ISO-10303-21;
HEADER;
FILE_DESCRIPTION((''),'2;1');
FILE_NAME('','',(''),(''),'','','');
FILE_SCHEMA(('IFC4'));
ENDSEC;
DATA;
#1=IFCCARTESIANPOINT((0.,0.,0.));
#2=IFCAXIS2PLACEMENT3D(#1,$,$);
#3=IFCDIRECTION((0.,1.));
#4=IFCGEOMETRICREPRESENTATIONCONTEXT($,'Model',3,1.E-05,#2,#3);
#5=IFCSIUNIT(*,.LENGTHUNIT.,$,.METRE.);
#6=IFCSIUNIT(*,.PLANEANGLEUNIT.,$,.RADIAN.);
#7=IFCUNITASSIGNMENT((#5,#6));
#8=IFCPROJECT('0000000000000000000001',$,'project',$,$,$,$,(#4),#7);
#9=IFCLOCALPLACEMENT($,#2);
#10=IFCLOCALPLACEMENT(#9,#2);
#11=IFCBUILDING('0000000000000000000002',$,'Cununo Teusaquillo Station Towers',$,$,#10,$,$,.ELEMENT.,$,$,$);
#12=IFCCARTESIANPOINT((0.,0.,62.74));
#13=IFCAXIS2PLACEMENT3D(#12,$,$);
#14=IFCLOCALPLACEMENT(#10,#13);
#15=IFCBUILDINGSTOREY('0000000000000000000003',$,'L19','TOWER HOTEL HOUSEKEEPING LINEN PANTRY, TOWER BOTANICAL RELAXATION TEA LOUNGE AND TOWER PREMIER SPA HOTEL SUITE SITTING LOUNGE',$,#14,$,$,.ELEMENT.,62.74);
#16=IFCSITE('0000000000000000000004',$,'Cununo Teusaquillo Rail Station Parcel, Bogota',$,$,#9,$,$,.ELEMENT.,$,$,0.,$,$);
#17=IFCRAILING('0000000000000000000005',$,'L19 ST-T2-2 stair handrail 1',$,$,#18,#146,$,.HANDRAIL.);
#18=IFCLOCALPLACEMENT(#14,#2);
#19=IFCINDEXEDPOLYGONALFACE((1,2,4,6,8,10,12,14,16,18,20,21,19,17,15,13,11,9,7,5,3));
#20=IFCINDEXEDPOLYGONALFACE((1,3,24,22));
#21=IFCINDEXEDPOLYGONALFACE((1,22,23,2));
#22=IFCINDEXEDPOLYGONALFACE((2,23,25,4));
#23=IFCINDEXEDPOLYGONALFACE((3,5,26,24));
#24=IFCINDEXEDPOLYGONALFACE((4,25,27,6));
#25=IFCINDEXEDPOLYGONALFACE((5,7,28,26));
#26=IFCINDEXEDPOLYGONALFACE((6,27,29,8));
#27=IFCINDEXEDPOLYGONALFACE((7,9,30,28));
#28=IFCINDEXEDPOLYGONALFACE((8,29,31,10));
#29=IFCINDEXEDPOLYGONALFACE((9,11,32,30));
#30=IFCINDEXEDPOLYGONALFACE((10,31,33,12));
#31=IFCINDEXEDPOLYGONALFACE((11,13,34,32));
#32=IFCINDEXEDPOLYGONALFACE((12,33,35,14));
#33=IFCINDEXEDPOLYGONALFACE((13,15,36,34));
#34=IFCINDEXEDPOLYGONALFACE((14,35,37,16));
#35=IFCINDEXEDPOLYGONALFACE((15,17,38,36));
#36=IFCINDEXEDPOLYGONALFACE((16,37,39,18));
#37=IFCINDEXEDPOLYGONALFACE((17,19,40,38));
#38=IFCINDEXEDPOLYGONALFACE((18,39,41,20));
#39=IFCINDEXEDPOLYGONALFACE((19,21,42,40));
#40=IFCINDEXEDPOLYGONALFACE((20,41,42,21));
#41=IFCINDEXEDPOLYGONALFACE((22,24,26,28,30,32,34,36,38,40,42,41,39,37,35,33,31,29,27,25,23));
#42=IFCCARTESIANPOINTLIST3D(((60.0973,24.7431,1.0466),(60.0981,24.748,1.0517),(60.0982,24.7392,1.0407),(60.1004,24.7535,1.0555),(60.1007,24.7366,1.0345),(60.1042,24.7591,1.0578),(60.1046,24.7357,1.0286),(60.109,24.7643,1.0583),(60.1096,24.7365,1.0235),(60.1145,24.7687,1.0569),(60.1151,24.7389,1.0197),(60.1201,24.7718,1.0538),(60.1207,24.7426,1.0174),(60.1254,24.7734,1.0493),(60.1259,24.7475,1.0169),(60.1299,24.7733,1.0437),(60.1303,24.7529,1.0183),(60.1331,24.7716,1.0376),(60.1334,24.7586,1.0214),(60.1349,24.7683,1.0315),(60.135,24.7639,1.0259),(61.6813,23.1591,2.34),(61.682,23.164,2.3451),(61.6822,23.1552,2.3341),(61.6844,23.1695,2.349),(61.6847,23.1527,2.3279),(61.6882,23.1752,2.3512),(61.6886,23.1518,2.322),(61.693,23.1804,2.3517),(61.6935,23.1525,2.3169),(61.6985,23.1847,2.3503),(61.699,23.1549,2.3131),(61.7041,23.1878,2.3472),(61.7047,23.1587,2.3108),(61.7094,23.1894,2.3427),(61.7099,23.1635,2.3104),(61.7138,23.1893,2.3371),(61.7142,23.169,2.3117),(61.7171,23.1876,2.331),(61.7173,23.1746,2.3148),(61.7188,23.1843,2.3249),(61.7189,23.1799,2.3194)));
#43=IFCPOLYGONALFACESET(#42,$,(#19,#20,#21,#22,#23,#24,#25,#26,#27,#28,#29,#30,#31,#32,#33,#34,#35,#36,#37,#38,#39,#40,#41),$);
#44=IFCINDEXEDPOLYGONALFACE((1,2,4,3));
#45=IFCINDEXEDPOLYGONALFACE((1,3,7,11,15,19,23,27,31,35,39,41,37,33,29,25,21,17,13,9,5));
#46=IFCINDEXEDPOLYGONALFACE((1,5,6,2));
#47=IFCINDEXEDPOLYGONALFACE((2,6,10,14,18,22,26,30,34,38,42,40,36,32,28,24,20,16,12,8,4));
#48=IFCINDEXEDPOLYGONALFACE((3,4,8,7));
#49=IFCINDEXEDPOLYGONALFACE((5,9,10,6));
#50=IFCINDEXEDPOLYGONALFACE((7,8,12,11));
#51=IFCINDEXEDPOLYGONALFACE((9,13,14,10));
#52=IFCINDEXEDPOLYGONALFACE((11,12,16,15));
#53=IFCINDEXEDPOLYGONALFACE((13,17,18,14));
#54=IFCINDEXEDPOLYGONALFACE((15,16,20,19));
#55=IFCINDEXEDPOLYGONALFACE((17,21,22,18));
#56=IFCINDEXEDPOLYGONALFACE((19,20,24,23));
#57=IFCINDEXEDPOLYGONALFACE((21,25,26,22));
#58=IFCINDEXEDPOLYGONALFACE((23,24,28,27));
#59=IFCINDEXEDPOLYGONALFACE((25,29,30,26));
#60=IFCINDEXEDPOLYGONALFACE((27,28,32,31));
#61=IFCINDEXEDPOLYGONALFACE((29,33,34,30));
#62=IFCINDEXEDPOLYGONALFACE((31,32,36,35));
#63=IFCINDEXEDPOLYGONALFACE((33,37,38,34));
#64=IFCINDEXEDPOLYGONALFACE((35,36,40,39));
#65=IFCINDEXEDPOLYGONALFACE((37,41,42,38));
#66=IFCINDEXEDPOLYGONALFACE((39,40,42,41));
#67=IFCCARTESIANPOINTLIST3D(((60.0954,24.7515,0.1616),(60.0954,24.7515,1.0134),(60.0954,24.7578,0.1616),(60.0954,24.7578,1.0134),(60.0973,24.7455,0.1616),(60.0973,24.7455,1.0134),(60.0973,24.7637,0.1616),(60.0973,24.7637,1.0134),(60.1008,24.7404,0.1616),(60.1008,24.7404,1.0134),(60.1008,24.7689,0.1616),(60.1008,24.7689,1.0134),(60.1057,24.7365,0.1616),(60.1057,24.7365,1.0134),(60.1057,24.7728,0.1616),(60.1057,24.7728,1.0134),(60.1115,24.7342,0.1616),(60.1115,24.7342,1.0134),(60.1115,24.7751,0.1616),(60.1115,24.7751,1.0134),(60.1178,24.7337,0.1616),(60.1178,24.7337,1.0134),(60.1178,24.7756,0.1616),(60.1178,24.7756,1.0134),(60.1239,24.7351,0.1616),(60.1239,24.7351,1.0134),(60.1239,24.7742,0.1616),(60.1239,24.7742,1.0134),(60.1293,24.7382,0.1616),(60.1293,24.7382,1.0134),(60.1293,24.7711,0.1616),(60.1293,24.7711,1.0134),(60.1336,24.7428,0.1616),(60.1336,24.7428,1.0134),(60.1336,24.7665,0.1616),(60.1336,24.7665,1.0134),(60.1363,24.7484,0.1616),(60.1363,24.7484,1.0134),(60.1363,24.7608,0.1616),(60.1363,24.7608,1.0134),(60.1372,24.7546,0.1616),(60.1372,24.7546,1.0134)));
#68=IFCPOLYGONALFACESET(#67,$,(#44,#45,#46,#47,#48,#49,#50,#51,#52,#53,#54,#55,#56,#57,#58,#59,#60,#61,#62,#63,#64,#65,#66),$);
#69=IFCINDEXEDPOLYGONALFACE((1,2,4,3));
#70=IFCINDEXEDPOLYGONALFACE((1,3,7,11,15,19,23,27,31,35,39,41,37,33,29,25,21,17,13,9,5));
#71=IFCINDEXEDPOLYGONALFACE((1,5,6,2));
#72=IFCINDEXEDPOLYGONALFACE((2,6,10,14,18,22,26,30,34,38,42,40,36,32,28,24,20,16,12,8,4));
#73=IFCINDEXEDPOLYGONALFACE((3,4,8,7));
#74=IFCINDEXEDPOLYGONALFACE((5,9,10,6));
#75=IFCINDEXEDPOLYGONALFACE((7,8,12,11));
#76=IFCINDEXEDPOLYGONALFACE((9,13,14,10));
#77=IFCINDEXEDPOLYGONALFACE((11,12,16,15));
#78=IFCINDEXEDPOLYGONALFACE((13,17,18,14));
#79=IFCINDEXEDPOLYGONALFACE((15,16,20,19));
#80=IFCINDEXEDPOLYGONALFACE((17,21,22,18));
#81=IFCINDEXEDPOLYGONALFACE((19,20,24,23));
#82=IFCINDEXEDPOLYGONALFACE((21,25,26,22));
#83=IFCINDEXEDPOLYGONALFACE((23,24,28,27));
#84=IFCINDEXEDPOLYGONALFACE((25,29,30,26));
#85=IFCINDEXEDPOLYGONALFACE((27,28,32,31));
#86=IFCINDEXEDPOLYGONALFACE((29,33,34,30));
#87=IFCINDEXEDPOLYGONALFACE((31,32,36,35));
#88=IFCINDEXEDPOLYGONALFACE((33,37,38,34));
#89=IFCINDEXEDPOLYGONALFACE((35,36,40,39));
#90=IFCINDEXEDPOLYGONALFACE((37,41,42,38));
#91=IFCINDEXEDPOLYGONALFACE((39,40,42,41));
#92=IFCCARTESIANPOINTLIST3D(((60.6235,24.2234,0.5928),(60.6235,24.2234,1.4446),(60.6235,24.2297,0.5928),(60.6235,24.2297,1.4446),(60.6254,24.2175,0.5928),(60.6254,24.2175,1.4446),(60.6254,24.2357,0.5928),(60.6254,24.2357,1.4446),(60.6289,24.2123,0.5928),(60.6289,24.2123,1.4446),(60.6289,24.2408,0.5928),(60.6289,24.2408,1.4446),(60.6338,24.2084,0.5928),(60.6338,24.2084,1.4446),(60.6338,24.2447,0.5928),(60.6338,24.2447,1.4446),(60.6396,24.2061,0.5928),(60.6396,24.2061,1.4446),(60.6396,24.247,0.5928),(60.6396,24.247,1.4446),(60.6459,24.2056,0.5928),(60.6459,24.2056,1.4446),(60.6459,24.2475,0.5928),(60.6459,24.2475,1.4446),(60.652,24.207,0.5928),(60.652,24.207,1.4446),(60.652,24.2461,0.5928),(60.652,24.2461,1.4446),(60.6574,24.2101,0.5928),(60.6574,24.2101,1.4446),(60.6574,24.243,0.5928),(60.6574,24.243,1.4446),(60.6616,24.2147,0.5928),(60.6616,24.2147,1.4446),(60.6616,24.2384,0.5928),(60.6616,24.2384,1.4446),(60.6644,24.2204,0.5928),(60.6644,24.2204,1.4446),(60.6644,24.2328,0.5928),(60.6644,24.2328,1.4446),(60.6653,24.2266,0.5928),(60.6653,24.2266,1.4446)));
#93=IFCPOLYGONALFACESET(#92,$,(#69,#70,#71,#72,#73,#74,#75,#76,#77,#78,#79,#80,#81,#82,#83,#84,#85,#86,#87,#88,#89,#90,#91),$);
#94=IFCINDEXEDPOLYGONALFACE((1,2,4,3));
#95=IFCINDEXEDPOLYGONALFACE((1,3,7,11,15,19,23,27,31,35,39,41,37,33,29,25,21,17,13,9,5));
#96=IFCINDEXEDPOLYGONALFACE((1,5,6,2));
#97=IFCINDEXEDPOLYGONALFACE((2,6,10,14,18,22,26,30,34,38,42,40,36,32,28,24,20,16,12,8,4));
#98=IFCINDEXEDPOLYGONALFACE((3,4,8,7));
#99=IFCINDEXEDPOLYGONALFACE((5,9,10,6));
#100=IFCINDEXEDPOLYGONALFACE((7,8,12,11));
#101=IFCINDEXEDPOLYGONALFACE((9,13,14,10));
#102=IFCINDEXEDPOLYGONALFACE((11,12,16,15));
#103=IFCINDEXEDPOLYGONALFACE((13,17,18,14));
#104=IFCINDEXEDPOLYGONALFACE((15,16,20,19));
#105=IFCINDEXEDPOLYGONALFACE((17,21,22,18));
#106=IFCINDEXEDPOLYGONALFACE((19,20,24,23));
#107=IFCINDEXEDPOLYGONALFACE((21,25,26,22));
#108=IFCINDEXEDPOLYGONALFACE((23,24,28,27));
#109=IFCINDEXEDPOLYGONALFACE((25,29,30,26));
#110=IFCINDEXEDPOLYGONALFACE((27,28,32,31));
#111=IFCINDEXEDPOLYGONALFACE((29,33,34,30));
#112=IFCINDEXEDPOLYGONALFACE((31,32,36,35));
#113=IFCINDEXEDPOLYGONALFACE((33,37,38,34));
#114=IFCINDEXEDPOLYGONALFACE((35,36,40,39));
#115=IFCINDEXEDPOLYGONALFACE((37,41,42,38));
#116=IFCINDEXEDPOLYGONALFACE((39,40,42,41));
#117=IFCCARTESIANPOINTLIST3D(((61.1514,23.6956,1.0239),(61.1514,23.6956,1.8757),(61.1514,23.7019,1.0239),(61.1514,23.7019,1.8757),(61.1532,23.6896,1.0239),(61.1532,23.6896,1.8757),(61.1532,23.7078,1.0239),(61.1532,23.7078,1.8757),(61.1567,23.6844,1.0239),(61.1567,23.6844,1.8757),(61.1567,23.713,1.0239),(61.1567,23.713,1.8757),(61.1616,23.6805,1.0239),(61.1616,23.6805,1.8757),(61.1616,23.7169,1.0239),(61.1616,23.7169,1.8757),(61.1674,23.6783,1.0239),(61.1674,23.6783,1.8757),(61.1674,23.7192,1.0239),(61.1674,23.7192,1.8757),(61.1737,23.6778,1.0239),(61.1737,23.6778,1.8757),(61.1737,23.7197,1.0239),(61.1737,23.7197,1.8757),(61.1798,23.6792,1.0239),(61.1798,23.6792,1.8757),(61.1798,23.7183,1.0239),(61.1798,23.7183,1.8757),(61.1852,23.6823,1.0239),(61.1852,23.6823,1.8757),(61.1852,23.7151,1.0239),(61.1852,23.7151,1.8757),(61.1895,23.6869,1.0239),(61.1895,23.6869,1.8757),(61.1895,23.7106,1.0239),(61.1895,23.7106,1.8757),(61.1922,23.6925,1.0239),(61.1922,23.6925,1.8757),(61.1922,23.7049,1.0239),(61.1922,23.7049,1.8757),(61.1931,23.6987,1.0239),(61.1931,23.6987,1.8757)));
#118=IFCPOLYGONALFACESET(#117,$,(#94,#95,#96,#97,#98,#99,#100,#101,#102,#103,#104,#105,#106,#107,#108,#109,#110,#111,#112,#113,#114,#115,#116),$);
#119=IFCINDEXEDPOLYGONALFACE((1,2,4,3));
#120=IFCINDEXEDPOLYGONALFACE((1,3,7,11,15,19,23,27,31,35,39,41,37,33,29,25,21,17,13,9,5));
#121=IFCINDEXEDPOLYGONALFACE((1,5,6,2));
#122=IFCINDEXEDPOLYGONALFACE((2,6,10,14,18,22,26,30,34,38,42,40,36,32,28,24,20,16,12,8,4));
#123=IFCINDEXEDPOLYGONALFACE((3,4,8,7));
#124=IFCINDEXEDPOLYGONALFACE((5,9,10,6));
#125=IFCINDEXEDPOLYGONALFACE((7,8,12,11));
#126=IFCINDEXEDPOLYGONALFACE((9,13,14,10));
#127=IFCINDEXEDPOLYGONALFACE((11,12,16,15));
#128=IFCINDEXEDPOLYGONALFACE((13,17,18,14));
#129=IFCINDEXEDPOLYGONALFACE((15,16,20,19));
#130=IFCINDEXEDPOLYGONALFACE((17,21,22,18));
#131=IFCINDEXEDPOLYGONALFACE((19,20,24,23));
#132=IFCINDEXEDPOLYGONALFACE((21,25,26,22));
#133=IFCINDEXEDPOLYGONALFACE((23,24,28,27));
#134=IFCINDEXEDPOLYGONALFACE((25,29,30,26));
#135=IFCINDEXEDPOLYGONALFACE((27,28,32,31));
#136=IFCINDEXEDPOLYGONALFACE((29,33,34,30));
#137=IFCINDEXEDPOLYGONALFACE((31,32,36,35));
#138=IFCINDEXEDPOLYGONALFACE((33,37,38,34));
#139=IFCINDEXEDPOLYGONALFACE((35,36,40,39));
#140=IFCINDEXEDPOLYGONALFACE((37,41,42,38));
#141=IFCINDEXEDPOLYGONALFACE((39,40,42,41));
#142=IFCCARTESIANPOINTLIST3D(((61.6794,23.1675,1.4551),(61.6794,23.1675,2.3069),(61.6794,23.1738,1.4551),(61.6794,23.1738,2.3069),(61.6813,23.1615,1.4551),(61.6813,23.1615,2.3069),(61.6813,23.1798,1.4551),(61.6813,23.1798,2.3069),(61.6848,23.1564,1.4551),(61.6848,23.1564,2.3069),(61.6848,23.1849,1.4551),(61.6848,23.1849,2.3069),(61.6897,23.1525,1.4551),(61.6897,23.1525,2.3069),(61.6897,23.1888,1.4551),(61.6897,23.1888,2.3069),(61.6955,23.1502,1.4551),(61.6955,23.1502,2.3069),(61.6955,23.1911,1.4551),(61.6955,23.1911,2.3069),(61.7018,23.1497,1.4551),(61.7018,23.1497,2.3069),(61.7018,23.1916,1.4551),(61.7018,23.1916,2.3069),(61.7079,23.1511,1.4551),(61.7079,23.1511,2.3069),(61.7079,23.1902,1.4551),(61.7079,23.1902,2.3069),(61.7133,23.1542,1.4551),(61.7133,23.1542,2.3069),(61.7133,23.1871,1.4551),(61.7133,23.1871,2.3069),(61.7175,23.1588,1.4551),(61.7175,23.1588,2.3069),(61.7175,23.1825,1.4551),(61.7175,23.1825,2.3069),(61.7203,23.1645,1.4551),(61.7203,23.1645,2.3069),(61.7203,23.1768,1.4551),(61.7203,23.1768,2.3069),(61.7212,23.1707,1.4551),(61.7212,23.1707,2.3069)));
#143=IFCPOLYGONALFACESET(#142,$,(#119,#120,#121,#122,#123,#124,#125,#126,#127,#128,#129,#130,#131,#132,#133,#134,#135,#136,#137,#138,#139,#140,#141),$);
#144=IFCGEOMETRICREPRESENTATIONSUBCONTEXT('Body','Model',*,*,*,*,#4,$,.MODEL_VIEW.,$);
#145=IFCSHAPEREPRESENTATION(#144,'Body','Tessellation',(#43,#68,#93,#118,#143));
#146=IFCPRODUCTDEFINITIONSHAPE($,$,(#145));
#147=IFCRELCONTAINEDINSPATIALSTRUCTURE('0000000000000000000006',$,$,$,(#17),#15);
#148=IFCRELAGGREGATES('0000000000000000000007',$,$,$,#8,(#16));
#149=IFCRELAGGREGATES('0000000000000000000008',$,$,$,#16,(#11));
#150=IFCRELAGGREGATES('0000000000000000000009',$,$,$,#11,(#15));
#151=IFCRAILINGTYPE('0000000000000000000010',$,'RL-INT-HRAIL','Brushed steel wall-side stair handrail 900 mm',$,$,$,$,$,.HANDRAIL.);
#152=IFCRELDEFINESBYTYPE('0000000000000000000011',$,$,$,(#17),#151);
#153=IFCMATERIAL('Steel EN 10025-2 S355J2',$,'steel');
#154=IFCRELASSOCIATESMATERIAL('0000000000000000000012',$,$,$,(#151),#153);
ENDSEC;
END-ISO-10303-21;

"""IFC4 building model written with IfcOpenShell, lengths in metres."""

from ifc_helpers import new_model, si_unit, direction, frame, origin, origin_2d, place, context, subcontext, project, spatial, circle, extrude, material, type_object, element, save


model = new_model("IFC4")

# Units and contexts
model_context = context("Model", 3, precision=1e-05, world=origin(), true_north=direction((0.0, 1.0)))
body_context = subcontext(model_context, "Body", "Model", "MODEL_VIEW")
ifc_project = project(units=[si_unit("LENGTHUNIT", "METRE"), si_unit("PLANEANGLEUNIT", "RADIAN")], contexts=[model_context])

# Site, building, storey
site_placement = place(None, origin())
site = spatial("IfcSite", under=ifc_project, at=site_placement, Name="Cununo Teusaquillo Rail Station Parcel, Bogota", CompositionType="ELEMENT", RefElevation=0.0)
building_placement = place(site_placement, origin())
building = spatial("IfcBuilding", under=site, at=building_placement, Name="Cununo Teusaquillo Station Towers", CompositionType="ELEMENT")
storey_placement = place(building_placement, frame((0.0, 0.0, 62.74)))
storey = spatial("IfcBuildingStorey", under=building, at=storey_placement, Name="L19", Description="TOWER HOTEL HOUSEKEEPING LINEN PANTRY, TOWER BOTANICAL RELAXATION TEA LOUNGE AND TOWER PREMIER SPA HOTEL SUITE SITTING LOUNGE", CompositionType="ELEMENT", Elevation=62.74)

# Railing
ifc_material_1 = material(Name="Steel EN 10025-2 S355J2", Category="steel")
railing_type_1 = type_object("IfcRailingType", Name="RL-INT-HRAIL", Description="Brushed steel wall-side stair handrail 900 mm", PredefinedType="HANDRAIL", material=ifc_material_1)
railing_1_placement = place(storey_placement, frame((60.1162, 24.7546, 0.1616)))
element("IfcRailing", 1, at=railing_1_placement, inside=storey, type_object=railing_type_1, Name="L19 ST-T2-2 stair handrail 1", PredefinedType="HANDRAIL", context=body_context, shape_type="SweptSolid", body=[
    extrude(circle(Radius=0.0239, at=origin_2d()), frame((0.0, 0.0, 0.876), z_axis=(0.612356, -0.612356, 0.50004), x_axis=(0.707107, 0.707107, 0.0)), (0.0, 0.0, 1.0), 2.5867),
    extrude(circle(Radius=0.021, at=origin_2d()), origin(), (0.0, 0.0, 1.0), 0.8518),
    extrude(circle(Radius=0.021, at=origin_2d()), frame((0.5281, -0.5281, 0.4312)), (0.0, 0.0, 1.0), 0.8518),
    extrude(circle(Radius=0.021, at=origin_2d()), frame((1.0559, -1.0559, 0.8623)), (0.0, 0.0, 1.0), 0.8518),
    extrude(circle(Radius=0.021, at=origin_2d()), frame((1.584, -1.584, 1.2935)), (0.0, 0.0, 1.0), 0.8518),
])

save(model, "model.ifc")
